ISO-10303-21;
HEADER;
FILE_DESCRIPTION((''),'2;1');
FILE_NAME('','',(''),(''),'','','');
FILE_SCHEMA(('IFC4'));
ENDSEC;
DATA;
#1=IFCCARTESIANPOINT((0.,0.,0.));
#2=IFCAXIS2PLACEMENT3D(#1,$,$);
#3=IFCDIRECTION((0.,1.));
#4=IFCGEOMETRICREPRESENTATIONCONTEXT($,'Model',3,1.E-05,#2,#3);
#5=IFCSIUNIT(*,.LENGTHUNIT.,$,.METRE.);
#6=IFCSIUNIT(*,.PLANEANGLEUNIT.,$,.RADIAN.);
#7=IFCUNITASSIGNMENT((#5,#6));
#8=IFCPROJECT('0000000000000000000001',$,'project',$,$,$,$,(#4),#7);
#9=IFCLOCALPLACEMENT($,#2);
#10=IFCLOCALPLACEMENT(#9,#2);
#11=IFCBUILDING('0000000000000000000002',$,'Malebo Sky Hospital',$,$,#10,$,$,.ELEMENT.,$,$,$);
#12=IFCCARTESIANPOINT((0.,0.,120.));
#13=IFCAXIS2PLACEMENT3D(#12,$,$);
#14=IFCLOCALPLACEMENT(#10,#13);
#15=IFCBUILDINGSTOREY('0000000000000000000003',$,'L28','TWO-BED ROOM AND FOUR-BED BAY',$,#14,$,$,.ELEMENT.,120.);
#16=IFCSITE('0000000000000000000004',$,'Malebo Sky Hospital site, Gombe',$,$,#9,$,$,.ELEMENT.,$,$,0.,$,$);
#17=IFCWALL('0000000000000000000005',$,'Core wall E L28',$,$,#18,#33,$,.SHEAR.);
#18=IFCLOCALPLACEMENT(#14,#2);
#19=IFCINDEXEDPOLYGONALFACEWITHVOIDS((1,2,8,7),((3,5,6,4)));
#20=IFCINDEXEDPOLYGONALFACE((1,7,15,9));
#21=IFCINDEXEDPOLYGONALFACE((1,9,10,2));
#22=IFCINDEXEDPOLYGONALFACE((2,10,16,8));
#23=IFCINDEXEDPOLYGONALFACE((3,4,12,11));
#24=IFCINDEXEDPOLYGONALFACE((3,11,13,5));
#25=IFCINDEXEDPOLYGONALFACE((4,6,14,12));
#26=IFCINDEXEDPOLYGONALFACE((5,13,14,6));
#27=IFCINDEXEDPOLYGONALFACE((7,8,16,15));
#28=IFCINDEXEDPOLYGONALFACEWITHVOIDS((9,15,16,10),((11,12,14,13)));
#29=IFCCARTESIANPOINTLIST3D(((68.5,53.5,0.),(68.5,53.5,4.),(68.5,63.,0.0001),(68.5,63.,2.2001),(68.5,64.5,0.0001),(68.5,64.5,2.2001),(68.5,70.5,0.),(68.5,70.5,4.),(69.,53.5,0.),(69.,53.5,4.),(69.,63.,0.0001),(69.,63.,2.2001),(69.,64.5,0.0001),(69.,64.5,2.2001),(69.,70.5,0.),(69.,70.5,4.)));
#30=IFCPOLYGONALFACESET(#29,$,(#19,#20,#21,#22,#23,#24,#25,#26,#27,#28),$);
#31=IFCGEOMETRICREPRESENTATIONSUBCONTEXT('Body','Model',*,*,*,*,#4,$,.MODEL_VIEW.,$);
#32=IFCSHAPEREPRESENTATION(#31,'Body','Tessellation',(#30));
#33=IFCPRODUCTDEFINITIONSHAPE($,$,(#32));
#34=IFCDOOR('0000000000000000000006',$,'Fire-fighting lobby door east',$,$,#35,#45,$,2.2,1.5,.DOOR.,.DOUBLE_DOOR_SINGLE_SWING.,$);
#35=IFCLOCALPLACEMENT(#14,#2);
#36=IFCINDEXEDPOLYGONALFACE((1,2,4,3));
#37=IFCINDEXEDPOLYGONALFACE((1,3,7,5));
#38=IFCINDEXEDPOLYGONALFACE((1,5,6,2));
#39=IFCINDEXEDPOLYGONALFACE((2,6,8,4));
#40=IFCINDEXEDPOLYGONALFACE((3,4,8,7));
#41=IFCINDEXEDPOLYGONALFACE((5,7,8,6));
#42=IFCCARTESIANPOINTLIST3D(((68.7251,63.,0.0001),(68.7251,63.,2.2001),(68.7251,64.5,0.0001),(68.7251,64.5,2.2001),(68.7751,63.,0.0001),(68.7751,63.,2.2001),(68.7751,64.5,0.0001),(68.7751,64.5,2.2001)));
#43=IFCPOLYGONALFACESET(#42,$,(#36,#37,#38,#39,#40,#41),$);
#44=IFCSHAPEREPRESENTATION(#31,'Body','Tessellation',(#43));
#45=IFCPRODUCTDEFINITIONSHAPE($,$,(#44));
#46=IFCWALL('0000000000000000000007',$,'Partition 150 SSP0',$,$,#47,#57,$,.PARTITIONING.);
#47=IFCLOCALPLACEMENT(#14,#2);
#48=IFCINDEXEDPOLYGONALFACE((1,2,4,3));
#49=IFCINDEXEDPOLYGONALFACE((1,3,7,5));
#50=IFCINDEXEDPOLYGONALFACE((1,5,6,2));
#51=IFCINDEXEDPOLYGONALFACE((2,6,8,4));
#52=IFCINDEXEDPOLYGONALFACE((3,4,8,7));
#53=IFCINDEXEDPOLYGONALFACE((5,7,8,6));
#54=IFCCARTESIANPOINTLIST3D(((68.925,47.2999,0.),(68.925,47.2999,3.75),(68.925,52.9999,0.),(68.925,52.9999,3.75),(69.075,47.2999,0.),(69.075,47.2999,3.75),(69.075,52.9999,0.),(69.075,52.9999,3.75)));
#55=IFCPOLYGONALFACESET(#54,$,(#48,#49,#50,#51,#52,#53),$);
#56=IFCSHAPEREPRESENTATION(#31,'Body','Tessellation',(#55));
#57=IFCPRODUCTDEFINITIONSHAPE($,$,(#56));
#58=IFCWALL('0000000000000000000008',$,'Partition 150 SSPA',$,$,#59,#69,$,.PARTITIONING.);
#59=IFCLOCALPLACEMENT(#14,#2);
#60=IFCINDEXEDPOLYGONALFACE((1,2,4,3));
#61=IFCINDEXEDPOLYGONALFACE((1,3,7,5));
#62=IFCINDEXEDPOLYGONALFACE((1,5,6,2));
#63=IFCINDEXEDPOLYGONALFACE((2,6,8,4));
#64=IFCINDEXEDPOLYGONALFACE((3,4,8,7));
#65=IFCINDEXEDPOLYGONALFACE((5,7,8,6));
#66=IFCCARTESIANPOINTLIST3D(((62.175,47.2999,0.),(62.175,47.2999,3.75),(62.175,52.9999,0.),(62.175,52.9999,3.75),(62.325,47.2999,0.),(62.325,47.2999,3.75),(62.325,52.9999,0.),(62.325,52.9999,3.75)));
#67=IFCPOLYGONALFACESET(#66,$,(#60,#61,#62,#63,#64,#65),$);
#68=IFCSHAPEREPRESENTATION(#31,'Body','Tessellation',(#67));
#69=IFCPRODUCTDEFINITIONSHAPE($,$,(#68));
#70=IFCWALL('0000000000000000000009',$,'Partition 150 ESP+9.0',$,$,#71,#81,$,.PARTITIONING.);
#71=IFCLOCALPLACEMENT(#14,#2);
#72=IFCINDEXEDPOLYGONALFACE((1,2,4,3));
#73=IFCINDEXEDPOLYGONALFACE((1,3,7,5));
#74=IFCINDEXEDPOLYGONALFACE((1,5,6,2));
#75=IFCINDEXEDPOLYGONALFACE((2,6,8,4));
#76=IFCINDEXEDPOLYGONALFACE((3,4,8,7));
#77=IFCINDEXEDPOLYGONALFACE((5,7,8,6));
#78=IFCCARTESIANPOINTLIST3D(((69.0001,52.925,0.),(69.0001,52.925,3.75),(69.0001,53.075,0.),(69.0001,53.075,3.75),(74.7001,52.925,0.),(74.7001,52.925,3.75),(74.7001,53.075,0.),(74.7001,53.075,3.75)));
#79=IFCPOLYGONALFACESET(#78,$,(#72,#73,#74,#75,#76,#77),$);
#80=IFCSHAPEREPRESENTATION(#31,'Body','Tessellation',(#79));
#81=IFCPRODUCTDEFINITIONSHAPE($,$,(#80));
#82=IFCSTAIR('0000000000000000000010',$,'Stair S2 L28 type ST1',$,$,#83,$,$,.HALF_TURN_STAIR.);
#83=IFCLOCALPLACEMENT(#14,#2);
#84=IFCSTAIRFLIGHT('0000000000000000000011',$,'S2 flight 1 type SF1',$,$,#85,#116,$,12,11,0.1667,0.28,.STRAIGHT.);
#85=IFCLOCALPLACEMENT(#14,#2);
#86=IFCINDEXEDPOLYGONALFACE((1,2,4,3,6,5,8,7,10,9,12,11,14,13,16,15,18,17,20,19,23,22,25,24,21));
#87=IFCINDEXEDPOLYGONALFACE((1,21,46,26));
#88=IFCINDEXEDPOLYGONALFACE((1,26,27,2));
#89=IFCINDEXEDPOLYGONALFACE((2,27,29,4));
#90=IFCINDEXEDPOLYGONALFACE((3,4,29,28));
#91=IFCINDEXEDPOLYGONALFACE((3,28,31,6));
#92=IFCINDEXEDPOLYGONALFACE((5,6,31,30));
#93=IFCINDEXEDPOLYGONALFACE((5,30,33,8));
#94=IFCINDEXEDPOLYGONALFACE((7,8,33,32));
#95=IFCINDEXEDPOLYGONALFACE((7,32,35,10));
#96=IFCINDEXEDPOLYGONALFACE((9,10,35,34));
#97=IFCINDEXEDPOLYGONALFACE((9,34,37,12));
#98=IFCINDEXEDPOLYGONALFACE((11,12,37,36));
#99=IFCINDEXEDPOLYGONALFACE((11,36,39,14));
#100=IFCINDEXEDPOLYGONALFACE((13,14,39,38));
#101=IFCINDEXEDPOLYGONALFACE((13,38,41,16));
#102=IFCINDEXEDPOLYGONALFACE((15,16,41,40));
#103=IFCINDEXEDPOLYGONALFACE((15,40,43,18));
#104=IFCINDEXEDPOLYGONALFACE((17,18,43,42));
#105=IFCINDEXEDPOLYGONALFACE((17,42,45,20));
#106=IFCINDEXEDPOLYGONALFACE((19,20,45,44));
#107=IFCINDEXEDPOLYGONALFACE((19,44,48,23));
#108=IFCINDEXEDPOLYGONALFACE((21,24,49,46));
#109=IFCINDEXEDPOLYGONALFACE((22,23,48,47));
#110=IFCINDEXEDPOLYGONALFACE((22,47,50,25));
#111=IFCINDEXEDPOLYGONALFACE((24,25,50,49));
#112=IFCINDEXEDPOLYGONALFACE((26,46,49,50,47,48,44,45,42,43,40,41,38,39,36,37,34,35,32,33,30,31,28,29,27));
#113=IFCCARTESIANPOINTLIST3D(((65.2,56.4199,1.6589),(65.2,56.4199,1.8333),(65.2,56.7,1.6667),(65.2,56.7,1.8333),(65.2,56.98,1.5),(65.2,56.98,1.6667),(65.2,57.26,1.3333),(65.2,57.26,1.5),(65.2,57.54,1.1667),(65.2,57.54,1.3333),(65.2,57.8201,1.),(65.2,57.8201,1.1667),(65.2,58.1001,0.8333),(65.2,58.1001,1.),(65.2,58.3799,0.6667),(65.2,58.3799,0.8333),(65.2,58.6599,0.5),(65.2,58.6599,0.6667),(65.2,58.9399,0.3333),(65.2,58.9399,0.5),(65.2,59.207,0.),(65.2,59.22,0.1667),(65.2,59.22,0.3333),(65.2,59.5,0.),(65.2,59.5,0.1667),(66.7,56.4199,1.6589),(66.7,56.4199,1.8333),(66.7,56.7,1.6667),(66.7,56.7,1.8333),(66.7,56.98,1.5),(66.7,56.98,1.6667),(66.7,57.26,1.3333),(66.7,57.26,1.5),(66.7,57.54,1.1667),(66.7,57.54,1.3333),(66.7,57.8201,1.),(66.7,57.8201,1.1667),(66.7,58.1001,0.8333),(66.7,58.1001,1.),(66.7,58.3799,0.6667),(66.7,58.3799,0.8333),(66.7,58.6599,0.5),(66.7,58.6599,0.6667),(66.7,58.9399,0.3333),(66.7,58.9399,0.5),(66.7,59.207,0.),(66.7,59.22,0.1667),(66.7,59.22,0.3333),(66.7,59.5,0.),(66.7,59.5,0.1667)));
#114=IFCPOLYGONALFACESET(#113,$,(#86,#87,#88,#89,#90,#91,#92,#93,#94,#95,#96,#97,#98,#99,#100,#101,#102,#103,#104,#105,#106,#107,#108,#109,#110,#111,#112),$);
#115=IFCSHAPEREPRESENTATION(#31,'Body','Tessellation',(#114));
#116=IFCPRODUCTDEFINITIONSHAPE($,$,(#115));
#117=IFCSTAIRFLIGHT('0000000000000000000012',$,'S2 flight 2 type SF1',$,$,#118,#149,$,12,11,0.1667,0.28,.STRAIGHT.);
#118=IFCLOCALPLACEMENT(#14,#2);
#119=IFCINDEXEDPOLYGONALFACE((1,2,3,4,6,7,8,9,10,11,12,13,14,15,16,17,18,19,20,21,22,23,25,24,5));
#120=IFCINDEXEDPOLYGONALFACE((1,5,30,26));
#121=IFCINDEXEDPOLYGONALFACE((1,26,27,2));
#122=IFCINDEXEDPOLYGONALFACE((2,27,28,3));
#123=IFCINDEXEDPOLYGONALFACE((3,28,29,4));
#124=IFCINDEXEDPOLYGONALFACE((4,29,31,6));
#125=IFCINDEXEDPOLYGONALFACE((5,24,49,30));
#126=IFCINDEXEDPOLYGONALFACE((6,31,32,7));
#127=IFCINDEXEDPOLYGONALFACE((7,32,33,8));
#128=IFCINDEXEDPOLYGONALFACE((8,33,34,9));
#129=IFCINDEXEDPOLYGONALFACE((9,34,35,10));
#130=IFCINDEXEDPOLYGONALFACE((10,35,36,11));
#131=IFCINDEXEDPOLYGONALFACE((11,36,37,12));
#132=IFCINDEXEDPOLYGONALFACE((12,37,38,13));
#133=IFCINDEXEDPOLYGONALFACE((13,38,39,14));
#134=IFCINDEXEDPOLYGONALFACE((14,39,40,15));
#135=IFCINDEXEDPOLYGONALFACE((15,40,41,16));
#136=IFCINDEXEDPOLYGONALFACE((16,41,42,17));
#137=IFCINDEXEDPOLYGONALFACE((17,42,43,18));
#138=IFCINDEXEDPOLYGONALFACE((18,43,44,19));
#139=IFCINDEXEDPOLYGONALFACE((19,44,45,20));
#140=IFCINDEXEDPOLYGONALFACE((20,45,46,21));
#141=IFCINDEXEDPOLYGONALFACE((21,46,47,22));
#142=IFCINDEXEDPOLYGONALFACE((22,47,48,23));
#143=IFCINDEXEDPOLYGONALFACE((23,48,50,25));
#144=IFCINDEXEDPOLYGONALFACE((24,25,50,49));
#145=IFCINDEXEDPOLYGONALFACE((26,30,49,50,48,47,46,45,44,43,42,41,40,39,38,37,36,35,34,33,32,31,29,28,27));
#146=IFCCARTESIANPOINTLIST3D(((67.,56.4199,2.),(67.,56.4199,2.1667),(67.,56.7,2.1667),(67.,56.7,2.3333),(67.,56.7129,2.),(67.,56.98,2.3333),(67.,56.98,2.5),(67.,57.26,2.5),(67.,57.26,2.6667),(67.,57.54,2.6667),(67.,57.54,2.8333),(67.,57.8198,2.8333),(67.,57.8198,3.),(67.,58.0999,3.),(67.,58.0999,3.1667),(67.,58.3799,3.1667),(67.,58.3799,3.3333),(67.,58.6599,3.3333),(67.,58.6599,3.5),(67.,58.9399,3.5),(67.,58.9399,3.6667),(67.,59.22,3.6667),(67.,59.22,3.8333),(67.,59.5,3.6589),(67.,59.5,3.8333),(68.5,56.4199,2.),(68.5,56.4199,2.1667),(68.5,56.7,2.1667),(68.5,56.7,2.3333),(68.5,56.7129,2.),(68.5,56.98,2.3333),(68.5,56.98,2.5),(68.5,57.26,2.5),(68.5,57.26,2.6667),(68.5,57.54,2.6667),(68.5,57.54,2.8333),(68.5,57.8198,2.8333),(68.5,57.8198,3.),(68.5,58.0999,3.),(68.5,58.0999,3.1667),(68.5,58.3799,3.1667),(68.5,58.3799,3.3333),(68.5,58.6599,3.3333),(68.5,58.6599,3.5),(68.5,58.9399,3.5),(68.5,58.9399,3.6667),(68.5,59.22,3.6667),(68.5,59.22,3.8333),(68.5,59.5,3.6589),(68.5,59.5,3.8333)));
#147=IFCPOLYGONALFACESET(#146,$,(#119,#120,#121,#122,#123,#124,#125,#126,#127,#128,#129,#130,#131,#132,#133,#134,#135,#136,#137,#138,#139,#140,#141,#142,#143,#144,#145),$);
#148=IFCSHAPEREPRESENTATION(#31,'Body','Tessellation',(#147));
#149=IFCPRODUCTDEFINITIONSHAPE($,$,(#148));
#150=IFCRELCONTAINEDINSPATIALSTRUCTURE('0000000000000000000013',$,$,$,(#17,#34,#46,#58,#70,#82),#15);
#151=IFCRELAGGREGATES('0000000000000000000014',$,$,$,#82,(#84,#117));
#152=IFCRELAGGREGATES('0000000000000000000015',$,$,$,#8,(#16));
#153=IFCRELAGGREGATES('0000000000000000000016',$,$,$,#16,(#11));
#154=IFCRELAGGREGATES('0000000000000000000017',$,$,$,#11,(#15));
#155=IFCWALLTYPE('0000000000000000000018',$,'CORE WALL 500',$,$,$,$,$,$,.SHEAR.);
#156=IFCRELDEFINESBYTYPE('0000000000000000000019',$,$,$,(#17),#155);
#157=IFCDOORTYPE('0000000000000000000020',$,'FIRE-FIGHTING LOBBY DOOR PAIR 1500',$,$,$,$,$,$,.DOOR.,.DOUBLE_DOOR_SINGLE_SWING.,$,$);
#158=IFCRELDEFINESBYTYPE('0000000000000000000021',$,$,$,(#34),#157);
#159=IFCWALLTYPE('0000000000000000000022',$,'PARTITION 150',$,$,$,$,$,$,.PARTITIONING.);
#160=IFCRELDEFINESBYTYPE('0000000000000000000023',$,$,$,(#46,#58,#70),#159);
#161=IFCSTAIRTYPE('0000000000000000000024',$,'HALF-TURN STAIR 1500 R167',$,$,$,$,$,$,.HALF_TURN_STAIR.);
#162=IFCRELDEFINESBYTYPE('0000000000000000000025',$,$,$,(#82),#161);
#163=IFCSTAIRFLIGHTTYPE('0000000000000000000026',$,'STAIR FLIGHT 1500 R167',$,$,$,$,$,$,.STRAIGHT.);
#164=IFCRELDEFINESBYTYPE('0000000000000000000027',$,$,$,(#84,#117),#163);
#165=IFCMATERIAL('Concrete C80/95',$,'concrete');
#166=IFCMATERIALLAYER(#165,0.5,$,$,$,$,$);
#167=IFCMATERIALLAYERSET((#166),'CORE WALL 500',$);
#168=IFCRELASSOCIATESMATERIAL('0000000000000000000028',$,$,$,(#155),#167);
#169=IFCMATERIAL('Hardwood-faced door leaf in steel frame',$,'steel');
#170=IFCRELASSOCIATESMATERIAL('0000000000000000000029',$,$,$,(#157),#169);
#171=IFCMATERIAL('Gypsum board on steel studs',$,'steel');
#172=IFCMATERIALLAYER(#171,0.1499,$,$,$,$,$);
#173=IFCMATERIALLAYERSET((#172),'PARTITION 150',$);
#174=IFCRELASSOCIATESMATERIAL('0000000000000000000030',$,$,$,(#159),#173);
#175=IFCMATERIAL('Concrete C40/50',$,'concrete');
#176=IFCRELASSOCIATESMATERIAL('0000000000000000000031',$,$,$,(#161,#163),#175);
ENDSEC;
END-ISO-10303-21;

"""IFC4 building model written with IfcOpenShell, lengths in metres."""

from ifc_helpers import new_model, si_unit, direction, frame, frame_2d, origin, place, context, subcontext, project, spatial, polyline, rectangle, outline, extrude, material, layer, layer_set, type_object, element, fill, aggregate, save


model = new_model("IFC4")

# Units and contexts
model_context = context("Model", 3, precision=1e-05, world=origin(), true_north=direction((0.0, 1.0)))
body_context = subcontext(model_context, "Body", "Model", "MODEL_VIEW")
ifc_project = project(units=[si_unit("LENGTHUNIT", "METRE"), si_unit("PLANEANGLEUNIT", "RADIAN")], contexts=[model_context])

# Site, building, storey
site_placement = place(None, origin())
site = spatial("IfcSite", under=ifc_project, at=site_placement, Name="Malebo Sky Hospital site, Gombe", CompositionType="ELEMENT", RefElevation=0.0)
building_placement = place(site_placement, origin())
building = spatial("IfcBuilding", under=site, at=building_placement, Name="Malebo Sky Hospital", CompositionType="ELEMENT")
storey_placement = place(building_placement, frame((0.0, 0.0, 120.0)))
storey = spatial("IfcBuildingStorey", under=building, at=storey_placement, Name="L28", Description="TWO-BED ROOM AND FOUR-BED BAY", CompositionType="ELEMENT", Elevation=120.0)

# Shared definitions
ifc_material_1 = material(Name="Concrete C80/95", Category="concrete")

# Wall, opening, door
ifc_material_2 = material(Name="Hardwood-faced door leaf in steel frame", Category="steel")
ifc_layer_1 = layer(ifc_material_1, 0.5)
ifc_layer_set_1 = layer_set([ifc_layer_1], Name="CORE WALL 500")
wall_type_1 = type_object("IfcWallType", Name="CORE WALL 500", PredefinedType="SHEAR", material=ifc_layer_set_1)
wall_1_placement = place(storey_placement, frame((68.75, 53.5, 0.0), z_axis=(0.0, 0.0, 1.0), x_axis=(0.0, 1.0, 0.0)))
wall_1 = element("IfcWall", 1, at=wall_1_placement, inside=storey, type_object=wall_type_1, Name="Core wall E L28", PredefinedType="SHEAR", context=body_context, shape_type="SweptSolid", body=[
    extrude(rectangle(XDim=17.0, YDim=0.5, at=frame_2d((8.5, 0.0))), origin(), (0.0, 0.0, 1.0), 4.0),
])
opening_1_placement = place(wall_1_placement, frame((9.5, 0.0, 0.0)))
opening_1 = element("IfcOpeningElement", 2, at=opening_1_placement, cuts=wall_1, PredefinedType="OPENING", context=body_context, shape_type="SweptSolid", body=[
    extrude(rectangle(XDim=1.5, YDim=2.2, at=frame_2d((0.75, 1.1001))), frame((0.0, 0.26, 0.0), z_axis=(0.0, -1.0, 0.0), x_axis=(1.0, 0.0, 0.0)), (0.0, 0.0, 1.0), 0.52),
])
door_type_1 = type_object("IfcDoorType", Name="FIRE-FIGHTING LOBBY DOOR PAIR 1500", OperationType="DOUBLE_DOOR_SINGLE_SWING", PredefinedType="DOOR", material=ifc_material_2)
door_1_placement = place(opening_1_placement, origin())
door_1 = element("IfcDoor", 3, at=door_1_placement, inside=storey, type_object=door_type_1, Name="Fire-fighting lobby door east", OperationType="DOUBLE_DOOR_SINGLE_SWING", OverallHeight=2.2, OverallWidth=1.5, PredefinedType="DOOR", context=body_context, shape_type="SweptSolid", body=[
    extrude(rectangle(XDim=1.5, YDim=2.2, at=frame_2d((0.75, 1.1001))), frame((0.0, 0.0249, 0.0), z_axis=(0.0, -1.0, 0.0), x_axis=(1.0, 0.0, 0.0)), (0.0, 0.0, 1.0), 0.05),
])
fill(opening_1, door_1)

# Walls
ifc_material_3 = material(Name="Gypsum board on steel studs", Category="steel")
ifc_layer_2 = layer(ifc_material_3, 0.1499)
ifc_layer_set_2 = layer_set([ifc_layer_2], Name="PARTITION 150")
wall_type_2 = type_object("IfcWallType", Name="PARTITION 150", PredefinedType="PARTITIONING", material=ifc_layer_set_2)
for number, where, z_axis, x_axis, name in (
    (4, (69.0, 53.0, 0.0), (0.0, 0.0, 1.0), (0.0, -1.0, 0.0), "Partition 150 SSP0"),
    (5, (62.25, 53.0, 0.0), (0.0, 0.0, 1.0), (0.0, -1.0, 0.0), "Partition 150 SSPA"),
    (6, (69.0, 53.0, 0.0), (0.0, 0.0, 1.0), (1.0, 0.0, 0.0), "Partition 150 ESP+9.0"),
):
    element("IfcWall", number, at=place(storey_placement, frame(where, z_axis=z_axis, x_axis=x_axis)), inside=storey, type_object=wall_type_2, Name=name, PredefinedType="PARTITIONING", context=body_context, shape_type="SweptSolid", body=[
        extrude(rectangle(XDim=5.7, YDim=0.1499, at=frame_2d((2.8501, 0.0))), origin(), (0.0, 0.0, 1.0), 3.75),
    ])

# Stair, stair flights
ifc_material_4 = material(Name="Concrete C40/50", Category="concrete")
stair_type = type_object("IfcStairType", Name="HALF-TURN STAIR 1500 R167", PredefinedType="HALF_TURN_STAIR", material=ifc_material_4)
stair_placement = place(storey_placement, origin())
stair = element("IfcStair", 7, at=stair_placement, inside=storey, type_object=stair_type, Name="Stair S2 L28 type ST1", PredefinedType="HALF_TURN_STAIR")
stair_flight_type = type_object("IfcStairFlightType", Name="STAIR FLIGHT 1500 R167", PredefinedType="STRAIGHT", material=ifc_material_4)
stair_flight_1_placement = place(storey_placement, frame((65.95, 59.5, 0.0), z_axis=(0.0, 0.0, 1.0), x_axis=(0.0, -1.0, 0.0)))
stair_flight_1 = element("IfcStairFlight", 8, at=stair_flight_1_placement, type_object=stair_flight_type, Name="S2 flight 1 type SF1", NumberOfRisers=12, NumberOfTreads=11, PredefinedType="STRAIGHT", RiserHeight=0.1667, TreadLength=0.28, context=body_context, shape_type="SweptSolid", body=[
    extrude(outline(polyline([(0.0, 0.0), (0.0, 0.1667), (0.28, 0.1667), (0.28, 0.3333), (0.5601, 0.3333), (0.5601, 0.5), (0.8401, 0.5), (0.8401, 0.6667), (1.1201, 0.6667), (1.1201, 0.8333), (1.3999, 0.8333), (1.3999, 1.0), (1.6799, 1.0), (1.6799, 1.1667), (1.96, 1.1667), (1.96, 1.3333), (2.24, 1.3333), (2.24, 1.5), (2.52, 1.5), (2.52, 1.6667), (2.8, 1.6667), (2.8, 1.8333), (3.0801, 1.8333), (3.0801, 2.0), (3.0801, 1.6589), (0.293, 0.0), (0.0, 0.0)])), frame((0.0, 0.75, 0.0), z_axis=(0.0, -1.0, 0.0), x_axis=(1.0, 0.0, 0.0)), (0.0, 0.0, 1.0), 1.5),
])
stair_flight_2_placement = place(storey_placement, frame((67.75, 56.4199, 2.0), z_axis=(0.0, 0.0, 1.0), x_axis=(0.0, 1.0, 0.0)))
stair_flight_2 = element("IfcStairFlight", 9, at=stair_flight_2_placement, type_object=stair_flight_type, Name="S2 flight 2 type SF1", NumberOfRisers=12, NumberOfTreads=11, PredefinedType="STRAIGHT", RiserHeight=0.1667, TreadLength=0.28, context=body_context, shape_type="SweptSolid", body=[
    extrude(outline(polyline([(0.0, 0.0), (0.0, 0.1667), (0.28, 0.1667), (0.28, 0.3333), (0.5601, 0.3333), (0.5601, 0.5), (0.8401, 0.5), (0.8401, 0.6667), (1.1201, 0.6667), (1.1201, 0.8333), (1.3999, 0.8333), (1.3999, 1.0), (1.6799, 1.0), (1.6799, 1.1667), (1.96, 1.1667), (1.96, 1.3333), (2.24, 1.3333), (2.24, 1.5), (2.52, 1.5), (2.52, 1.6667), (2.8, 1.6667), (2.8, 1.8333), (3.0801, 1.8333), (3.0801, 2.0), (3.0801, 1.6589), (0.293, 0.0), (0.0, 0.0)])), frame((0.0, 0.75, 0.0), z_axis=(0.0, -1.0, 0.0), x_axis=(1.0, 0.0, 0.0)), (0.0, 0.0, 1.0), 1.5),
])
aggregate(stair, [stair_flight_1, stair_flight_2])

save(model, "model.ifc")
